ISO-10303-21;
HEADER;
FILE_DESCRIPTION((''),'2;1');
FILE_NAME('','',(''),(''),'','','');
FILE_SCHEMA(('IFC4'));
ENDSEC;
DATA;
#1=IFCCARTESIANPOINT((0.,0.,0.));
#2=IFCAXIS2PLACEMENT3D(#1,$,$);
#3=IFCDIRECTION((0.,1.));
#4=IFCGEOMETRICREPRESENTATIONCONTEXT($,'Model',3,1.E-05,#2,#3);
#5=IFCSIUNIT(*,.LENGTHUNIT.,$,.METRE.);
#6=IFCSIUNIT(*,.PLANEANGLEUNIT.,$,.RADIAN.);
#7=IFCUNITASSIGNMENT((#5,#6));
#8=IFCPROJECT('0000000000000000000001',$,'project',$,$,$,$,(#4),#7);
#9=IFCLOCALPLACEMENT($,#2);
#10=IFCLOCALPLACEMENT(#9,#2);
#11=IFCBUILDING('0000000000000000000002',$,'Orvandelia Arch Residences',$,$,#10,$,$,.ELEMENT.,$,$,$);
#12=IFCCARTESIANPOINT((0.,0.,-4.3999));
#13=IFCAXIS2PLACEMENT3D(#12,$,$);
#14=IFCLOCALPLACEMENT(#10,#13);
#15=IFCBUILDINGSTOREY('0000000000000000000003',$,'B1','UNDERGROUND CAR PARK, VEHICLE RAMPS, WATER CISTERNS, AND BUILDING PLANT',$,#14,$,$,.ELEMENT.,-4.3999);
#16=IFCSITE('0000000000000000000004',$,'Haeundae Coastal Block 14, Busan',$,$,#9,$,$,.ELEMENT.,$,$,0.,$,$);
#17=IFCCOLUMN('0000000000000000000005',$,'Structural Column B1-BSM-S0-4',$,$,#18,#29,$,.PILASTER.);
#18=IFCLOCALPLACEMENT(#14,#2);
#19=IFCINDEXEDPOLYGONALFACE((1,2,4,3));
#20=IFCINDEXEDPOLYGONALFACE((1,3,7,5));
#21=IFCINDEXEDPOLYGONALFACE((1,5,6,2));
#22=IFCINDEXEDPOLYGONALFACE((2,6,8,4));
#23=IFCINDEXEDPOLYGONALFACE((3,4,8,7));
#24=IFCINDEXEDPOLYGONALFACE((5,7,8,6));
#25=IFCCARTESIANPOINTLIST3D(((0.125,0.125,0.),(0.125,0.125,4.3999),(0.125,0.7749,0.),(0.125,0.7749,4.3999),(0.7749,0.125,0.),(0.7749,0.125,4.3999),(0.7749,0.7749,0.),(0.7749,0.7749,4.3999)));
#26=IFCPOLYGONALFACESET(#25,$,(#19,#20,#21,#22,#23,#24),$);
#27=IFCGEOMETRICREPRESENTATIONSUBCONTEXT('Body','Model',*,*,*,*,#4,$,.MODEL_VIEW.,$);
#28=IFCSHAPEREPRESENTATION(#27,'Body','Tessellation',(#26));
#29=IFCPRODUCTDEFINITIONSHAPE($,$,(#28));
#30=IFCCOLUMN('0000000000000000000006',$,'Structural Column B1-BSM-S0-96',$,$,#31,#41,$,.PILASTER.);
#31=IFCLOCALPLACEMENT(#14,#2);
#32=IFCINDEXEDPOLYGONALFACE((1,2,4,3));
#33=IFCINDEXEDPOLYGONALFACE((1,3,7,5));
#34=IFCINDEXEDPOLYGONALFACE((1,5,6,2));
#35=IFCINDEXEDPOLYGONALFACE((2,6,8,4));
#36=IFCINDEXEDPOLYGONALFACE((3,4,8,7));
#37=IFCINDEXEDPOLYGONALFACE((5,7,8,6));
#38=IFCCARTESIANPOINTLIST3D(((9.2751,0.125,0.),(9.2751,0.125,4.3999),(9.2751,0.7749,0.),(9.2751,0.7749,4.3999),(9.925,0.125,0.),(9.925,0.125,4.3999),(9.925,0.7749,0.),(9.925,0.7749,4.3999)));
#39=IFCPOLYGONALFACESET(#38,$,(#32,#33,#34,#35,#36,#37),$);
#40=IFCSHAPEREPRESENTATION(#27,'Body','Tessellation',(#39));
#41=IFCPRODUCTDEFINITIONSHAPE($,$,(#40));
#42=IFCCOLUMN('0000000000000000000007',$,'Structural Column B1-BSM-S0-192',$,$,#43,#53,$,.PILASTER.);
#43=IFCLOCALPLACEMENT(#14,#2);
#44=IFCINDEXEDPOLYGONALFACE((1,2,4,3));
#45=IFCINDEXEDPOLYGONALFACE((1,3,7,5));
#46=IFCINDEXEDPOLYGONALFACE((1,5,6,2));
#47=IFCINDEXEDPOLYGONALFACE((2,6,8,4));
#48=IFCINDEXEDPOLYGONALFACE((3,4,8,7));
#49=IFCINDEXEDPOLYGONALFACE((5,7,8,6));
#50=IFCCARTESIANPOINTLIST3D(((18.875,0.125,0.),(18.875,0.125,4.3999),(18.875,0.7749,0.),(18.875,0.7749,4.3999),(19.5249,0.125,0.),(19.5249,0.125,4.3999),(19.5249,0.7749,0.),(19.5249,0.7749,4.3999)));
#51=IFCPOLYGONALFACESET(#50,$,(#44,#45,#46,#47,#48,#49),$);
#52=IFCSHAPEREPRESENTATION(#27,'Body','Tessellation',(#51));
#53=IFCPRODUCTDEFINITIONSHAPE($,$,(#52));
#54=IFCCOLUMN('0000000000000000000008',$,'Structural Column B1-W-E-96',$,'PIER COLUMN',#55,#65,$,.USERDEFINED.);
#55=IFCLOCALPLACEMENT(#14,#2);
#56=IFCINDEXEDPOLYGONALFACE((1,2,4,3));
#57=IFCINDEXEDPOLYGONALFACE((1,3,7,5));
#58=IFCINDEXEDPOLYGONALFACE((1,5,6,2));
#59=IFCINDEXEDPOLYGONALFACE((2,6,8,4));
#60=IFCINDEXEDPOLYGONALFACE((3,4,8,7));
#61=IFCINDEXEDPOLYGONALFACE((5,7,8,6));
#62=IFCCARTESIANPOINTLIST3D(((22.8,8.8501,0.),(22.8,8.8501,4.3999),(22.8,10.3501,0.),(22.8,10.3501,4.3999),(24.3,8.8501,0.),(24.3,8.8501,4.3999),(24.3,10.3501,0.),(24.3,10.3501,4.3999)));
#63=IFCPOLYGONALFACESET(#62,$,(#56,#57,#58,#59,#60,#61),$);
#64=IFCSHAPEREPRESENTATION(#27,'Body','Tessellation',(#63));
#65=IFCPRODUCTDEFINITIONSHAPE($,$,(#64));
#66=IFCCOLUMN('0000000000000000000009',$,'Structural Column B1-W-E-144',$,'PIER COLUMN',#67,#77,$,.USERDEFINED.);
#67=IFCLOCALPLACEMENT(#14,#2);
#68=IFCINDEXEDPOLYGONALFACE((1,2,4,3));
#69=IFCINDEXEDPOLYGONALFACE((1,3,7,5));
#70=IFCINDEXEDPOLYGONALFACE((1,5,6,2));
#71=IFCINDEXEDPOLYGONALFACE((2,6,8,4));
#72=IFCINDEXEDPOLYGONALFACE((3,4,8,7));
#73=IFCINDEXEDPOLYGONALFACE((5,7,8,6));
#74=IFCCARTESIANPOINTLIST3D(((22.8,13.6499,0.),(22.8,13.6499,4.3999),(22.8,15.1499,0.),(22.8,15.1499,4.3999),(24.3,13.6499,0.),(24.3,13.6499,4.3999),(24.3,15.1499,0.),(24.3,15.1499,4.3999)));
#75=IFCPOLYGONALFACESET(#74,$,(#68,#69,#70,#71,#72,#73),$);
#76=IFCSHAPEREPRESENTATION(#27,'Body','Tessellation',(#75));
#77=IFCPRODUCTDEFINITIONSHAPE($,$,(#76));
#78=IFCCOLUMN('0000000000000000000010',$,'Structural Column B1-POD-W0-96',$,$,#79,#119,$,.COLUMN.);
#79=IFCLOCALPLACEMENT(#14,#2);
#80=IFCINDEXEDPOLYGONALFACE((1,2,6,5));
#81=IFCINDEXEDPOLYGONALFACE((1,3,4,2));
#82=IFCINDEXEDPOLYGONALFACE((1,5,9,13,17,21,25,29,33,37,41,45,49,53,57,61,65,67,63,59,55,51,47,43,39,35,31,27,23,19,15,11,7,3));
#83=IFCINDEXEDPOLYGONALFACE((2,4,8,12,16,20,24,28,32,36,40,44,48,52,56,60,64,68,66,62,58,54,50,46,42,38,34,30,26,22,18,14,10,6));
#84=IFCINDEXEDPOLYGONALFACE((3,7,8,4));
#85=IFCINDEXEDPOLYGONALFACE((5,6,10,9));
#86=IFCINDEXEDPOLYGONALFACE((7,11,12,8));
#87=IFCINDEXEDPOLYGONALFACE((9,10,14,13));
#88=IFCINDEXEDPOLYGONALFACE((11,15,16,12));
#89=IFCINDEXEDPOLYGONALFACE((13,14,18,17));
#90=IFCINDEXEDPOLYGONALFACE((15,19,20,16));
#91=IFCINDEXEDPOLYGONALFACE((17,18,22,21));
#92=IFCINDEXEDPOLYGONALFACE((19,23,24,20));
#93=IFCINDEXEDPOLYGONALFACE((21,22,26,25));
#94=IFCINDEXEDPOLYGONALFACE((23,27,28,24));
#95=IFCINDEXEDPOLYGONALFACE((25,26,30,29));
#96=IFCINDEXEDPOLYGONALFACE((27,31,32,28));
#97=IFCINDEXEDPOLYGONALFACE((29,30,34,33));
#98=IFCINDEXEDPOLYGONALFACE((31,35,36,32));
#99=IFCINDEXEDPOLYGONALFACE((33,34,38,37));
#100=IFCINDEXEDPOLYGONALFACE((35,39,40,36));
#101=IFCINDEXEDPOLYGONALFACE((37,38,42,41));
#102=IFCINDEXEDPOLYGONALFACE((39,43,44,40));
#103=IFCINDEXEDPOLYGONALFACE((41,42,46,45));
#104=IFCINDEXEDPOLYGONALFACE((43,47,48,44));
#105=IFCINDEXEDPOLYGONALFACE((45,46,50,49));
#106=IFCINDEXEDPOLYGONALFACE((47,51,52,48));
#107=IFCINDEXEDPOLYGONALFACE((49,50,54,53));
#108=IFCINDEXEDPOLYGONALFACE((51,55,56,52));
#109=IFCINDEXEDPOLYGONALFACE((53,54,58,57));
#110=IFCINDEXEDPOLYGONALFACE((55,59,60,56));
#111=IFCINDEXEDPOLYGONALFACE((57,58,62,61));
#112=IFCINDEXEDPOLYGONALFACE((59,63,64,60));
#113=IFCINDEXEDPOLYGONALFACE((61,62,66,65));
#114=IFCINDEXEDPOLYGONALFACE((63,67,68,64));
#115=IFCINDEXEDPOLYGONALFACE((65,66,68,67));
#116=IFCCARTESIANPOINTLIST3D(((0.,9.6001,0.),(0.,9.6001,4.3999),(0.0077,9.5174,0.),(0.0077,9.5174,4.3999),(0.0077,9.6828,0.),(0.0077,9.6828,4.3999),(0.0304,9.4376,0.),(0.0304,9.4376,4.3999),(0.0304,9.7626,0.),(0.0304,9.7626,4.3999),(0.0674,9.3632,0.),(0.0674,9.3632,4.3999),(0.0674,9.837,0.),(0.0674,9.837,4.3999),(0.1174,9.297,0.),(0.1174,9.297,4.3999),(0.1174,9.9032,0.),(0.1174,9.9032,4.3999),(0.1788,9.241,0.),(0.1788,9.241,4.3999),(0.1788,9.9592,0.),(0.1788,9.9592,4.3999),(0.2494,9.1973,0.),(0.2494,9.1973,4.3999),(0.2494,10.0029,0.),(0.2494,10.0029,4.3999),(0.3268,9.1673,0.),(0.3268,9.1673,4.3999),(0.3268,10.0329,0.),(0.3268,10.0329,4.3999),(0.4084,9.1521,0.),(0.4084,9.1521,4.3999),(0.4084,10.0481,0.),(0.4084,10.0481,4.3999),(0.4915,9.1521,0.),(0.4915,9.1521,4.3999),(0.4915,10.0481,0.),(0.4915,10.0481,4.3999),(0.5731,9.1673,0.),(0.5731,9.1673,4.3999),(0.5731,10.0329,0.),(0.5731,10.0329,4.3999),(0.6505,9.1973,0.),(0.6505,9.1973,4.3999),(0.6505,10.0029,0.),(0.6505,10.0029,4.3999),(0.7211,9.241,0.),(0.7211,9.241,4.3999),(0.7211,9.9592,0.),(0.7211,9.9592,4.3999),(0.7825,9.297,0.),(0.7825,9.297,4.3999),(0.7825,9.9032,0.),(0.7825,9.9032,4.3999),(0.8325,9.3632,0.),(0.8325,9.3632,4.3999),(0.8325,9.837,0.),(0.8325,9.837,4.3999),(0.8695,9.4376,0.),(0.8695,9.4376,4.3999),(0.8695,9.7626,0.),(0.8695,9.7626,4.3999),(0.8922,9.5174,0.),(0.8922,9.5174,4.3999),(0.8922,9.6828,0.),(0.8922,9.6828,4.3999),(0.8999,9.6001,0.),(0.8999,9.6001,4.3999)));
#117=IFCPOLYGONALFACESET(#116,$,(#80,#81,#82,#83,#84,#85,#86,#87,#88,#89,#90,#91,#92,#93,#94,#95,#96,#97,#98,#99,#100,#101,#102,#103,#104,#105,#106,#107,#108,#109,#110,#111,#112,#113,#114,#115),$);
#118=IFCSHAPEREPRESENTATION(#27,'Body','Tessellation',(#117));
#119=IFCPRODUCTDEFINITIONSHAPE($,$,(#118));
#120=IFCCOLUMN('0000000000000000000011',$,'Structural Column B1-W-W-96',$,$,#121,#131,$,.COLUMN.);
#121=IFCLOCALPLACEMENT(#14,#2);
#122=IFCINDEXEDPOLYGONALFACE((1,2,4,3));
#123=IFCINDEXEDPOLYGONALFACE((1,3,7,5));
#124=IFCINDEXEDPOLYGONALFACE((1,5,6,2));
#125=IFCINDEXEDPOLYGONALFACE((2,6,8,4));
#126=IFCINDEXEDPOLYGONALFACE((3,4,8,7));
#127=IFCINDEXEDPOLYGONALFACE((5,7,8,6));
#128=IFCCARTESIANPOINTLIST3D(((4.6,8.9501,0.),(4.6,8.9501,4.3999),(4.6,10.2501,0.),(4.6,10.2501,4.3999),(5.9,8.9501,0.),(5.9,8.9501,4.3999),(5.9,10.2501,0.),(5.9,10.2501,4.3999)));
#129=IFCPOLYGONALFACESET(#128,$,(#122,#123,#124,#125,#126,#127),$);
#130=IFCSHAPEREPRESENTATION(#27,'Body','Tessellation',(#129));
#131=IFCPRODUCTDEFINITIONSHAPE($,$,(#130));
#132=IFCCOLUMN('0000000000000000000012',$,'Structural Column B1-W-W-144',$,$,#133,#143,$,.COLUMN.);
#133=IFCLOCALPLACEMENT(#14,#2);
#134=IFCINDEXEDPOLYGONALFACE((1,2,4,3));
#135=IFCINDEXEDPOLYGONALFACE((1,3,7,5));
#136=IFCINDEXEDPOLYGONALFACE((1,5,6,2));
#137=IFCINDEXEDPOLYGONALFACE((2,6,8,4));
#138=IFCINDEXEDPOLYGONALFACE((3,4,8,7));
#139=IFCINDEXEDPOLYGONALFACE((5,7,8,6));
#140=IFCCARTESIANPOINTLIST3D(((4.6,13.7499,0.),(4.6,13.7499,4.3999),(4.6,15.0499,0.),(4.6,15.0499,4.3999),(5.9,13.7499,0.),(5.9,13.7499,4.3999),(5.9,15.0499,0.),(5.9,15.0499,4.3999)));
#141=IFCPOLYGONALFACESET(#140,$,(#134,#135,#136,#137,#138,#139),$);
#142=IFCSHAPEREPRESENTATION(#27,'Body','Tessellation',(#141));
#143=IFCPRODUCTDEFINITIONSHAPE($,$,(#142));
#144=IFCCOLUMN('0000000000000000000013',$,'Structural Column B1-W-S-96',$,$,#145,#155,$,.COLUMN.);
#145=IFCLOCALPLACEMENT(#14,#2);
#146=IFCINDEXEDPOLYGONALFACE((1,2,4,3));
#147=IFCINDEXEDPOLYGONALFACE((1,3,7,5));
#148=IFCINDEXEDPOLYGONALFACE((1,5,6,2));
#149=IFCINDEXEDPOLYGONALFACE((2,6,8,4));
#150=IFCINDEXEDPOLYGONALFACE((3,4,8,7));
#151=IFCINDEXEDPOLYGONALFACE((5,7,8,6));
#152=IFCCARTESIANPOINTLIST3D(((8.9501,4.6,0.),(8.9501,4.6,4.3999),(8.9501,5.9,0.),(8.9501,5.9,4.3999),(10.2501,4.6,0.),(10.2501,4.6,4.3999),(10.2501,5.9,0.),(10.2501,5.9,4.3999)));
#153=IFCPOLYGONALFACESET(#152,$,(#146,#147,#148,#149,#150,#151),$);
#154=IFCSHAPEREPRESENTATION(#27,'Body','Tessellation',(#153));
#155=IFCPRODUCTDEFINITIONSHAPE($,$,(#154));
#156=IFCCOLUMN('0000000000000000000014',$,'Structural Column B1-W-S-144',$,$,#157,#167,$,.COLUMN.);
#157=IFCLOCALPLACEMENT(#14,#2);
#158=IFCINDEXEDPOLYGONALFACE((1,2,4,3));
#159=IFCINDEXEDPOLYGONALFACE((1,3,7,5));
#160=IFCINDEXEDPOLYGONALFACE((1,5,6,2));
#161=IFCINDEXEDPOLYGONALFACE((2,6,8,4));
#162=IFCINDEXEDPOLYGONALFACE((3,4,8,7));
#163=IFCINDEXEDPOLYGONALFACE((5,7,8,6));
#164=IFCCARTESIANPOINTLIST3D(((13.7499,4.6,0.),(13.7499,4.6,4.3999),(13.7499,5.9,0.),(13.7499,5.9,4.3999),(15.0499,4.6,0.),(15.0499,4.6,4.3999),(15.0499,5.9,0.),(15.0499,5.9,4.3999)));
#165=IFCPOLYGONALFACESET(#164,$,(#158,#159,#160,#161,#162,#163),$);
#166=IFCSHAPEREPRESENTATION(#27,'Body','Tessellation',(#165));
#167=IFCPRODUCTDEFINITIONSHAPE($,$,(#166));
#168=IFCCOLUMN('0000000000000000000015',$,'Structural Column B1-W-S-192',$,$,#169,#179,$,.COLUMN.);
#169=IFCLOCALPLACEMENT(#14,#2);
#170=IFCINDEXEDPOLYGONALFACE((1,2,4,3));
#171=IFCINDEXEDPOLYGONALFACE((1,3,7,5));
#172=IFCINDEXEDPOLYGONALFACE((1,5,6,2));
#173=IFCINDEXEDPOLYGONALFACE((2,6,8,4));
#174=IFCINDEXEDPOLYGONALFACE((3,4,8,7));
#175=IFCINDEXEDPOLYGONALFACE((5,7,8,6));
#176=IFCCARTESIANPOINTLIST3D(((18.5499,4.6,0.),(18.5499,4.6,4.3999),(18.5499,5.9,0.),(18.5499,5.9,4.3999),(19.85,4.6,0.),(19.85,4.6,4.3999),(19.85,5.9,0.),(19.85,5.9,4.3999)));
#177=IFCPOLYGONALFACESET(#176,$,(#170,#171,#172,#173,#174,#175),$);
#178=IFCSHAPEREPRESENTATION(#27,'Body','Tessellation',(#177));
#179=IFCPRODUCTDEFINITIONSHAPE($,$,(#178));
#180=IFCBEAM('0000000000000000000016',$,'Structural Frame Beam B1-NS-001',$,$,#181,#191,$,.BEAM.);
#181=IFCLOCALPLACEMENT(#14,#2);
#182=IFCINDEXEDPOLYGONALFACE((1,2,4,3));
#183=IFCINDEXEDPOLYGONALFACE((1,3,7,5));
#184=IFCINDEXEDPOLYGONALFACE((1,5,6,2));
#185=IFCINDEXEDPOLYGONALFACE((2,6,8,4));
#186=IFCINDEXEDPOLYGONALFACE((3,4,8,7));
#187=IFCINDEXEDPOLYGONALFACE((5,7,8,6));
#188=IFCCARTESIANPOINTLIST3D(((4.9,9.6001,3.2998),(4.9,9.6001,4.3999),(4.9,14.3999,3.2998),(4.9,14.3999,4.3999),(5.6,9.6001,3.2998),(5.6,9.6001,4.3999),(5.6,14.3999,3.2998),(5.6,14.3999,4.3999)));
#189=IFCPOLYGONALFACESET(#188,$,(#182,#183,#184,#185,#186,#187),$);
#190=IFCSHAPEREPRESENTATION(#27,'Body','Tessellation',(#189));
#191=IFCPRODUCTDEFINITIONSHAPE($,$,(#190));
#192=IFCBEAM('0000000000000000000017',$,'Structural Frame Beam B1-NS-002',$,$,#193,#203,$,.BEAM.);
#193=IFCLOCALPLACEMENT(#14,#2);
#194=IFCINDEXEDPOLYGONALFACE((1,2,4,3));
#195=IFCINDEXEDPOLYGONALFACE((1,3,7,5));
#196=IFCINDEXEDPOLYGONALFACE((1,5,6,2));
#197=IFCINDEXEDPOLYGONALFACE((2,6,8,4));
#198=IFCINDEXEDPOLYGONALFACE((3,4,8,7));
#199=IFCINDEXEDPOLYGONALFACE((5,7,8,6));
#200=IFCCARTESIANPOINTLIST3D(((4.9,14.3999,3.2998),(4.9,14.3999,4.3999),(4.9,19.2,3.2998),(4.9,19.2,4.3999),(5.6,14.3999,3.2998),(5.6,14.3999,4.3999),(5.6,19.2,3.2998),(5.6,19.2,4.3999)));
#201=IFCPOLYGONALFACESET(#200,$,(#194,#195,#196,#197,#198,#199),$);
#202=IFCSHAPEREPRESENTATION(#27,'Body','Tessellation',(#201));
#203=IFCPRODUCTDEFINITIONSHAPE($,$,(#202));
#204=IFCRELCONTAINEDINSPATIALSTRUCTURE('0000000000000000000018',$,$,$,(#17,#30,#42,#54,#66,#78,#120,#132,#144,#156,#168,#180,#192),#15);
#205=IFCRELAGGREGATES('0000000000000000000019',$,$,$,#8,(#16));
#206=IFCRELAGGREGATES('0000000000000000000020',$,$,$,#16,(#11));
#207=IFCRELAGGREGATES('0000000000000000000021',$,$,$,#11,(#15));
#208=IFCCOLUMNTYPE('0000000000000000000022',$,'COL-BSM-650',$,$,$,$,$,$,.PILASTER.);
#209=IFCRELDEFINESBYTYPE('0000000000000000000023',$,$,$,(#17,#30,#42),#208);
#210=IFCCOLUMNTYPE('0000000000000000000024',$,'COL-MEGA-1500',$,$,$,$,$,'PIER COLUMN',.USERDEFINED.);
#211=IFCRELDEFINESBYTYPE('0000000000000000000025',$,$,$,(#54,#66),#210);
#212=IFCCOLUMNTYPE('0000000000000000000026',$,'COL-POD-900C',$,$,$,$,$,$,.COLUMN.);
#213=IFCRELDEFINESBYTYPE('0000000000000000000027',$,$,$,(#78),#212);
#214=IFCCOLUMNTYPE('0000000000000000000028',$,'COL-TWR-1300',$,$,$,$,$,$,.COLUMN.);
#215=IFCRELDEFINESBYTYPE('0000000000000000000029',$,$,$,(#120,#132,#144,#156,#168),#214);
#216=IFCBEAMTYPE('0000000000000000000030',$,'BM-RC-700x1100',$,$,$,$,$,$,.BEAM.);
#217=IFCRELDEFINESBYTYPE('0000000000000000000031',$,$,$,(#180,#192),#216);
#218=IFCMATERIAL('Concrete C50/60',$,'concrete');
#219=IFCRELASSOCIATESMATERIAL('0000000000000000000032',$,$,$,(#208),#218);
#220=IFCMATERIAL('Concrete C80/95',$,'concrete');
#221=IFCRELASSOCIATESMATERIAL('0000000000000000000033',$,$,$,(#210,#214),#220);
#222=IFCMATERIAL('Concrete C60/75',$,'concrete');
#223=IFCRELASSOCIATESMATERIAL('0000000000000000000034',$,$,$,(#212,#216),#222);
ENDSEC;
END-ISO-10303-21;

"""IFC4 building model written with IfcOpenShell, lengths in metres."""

from ifc_helpers import new_model, si_unit, direction, frame, origin, origin_2d, place, context, subcontext, project, spatial, rectangle, circle, extrude, material, material_profile, profile_set, type_object, element, save


model = new_model("IFC4")

# Units and contexts
model_context = context("Model", 3, precision=1e-05, world=origin(), true_north=direction((0.0, 1.0)))
body_context = subcontext(model_context, "Body", "Model", "MODEL_VIEW")
ifc_project = project(units=[si_unit("LENGTHUNIT", "METRE"), si_unit("PLANEANGLEUNIT", "RADIAN")], contexts=[model_context])

# Site, building, storey
site_placement = place(None, origin())
site = spatial("IfcSite", under=ifc_project, at=site_placement, Name="Haeundae Coastal Block 14, Busan", CompositionType="ELEMENT", RefElevation=0.0)
building_placement = place(site_placement, origin())
building = spatial("IfcBuilding", under=site, at=building_placement, Name="Orvandelia Arch Residences", CompositionType="ELEMENT")
storey_placement = place(building_placement, frame((0.0, 0.0, -4.3999)))
storey = spatial("IfcBuildingStorey", under=building, at=storey_placement, Name="B1", Description="UNDERGROUND CAR PARK, VEHICLE RAMPS, WATER CISTERNS, AND BUILDING PLANT", CompositionType="ELEMENT", Elevation=-4.3999)

# Columns
ifc_material_1 = material(Name="Concrete C50/60", Category="concrete")
ifc_material_profile_1 = material_profile(ifc_material_1, rectangle(XDim=0.6499, YDim=0.6499, at=origin_2d()), Name="Concrete C50/60", Category="concrete")
ifc_profile_set_1 = profile_set([ifc_material_profile_1], Name="Concrete C50/60")
column_type_1 = type_object("IfcColumnType", Name="COL-BSM-650", PredefinedType="PILASTER", material=ifc_profile_set_1)
for number, where, z_axis, x_axis, name in (
    (1, (0.45, 0.45, 0.0), (0.0, 0.0, 1.0), (1.0, 0.0, 0.0), "Structural Column B1-BSM-S0-4"),
    (2, (9.6001, 0.45, 0.0), (0.0, 0.0, 1.0), (1.0, 0.0, 0.0), "Structural Column B1-BSM-S0-96"),
    (3, (19.2, 0.45, 0.0), (0.0, 0.0, 1.0), (1.0, 0.0, 0.0), "Structural Column B1-BSM-S0-192"),
):
    element("IfcColumn", number, at=place(storey_placement, frame(where, z_axis=z_axis, x_axis=x_axis)), inside=storey, type_object=column_type_1, Name=name, PredefinedType="PILASTER", context=body_context, shape_type="SweptSolid", body=[
        extrude(rectangle(XDim=0.6499, YDim=0.6499, at=origin_2d()), origin(), (0.0, 0.0, 1.0), 4.3999),
    ])
ifc_material_2 = material(Name="Concrete C80/95", Category="concrete")
ifc_material_profile_2 = material_profile(ifc_material_2, rectangle(XDim=1.5, YDim=1.5, at=origin_2d()), Name="Concrete C80/95", Category="concrete")
ifc_profile_set_2 = profile_set([ifc_material_profile_2], Name="Concrete C80/95")
column_type_2 = type_object("IfcColumnType", Name="COL-MEGA-1500", ElementType="PIER COLUMN", PredefinedType="USERDEFINED", material=ifc_profile_set_2)
for number, where, z_axis, x_axis, name in (
    (4, (23.55, 9.6001, 0.0), (0.0, 0.0, 1.0), (1.0, 0.0, 0.0), "Structural Column B1-W-E-96"),
    (5, (23.55, 14.3999, 0.0), (0.0, 0.0, 1.0), (1.0, 0.0, 0.0), "Structural Column B1-W-E-144"),
):
    element("IfcColumn", number, at=place(storey_placement, frame(where, z_axis=z_axis, x_axis=x_axis)), inside=storey, type_object=column_type_2, Name=name, ObjectType="PIER COLUMN", PredefinedType="USERDEFINED", context=body_context, shape_type="SweptSolid", body=[
        extrude(rectangle(XDim=1.5, YDim=1.5, at=origin_2d()), origin(), (0.0, 0.0, 1.0), 4.3999),
    ])
ifc_material_3 = material(Name="Concrete C60/75", Category="concrete")
ifc_material_profile_3 = material_profile(ifc_material_3, circle(Radius=0.45, at=origin_2d()), Name="Concrete C60/75", Category="concrete")
ifc_profile_set_3 = profile_set([ifc_material_profile_3], Name="Concrete C60/75")
column_type_3 = type_object("IfcColumnType", Name="COL-POD-900C", PredefinedType="COLUMN", material=ifc_profile_set_3)
column_placement = place(storey_placement, frame((0.45, 9.6001, 0.0), z_axis=(0.0, 0.0, 1.0), x_axis=(1.0, 0.0, 0.0)))
element("IfcColumn", 6, at=column_placement, inside=storey, type_object=column_type_3, Name="Structural Column B1-POD-W0-96", PredefinedType="COLUMN", context=body_context, shape_type="SweptSolid", body=[
    extrude(circle(Radius=0.45, at=origin_2d()), origin(), (0.0, 0.0, 1.0), 4.3999),
])
ifc_material_profile_4 = material_profile(ifc_material_2, rectangle(XDim=1.3, YDim=1.3, at=origin_2d()), Name="Concrete C80/95", Category="concrete")
ifc_profile_set_4 = profile_set([ifc_material_profile_4], Name="Concrete C80/95")
column_type_4 = type_object("IfcColumnType", Name="COL-TWR-1300", PredefinedType="COLUMN", material=ifc_profile_set_4)
for number, where, z_axis, x_axis, name in (
    (7, (5.25, 9.6001, 0.0), (0.0, 0.0, 1.0), (1.0, 0.0, 0.0), "Structural Column B1-W-W-96"),
    (8, (5.25, 14.3999, 0.0), (0.0, 0.0, 1.0), (1.0, 0.0, 0.0), "Structural Column B1-W-W-144"),
    (9, (9.6001, 5.25, 0.0), (0.0, 0.0, 1.0), (1.0, 0.0, 0.0), "Structural Column B1-W-S-96"),
    (10, (14.3999, 5.25, 0.0), (0.0, 0.0, 1.0), (1.0, 0.0, 0.0), "Structural Column B1-W-S-144"),
    (11, (19.2, 5.25, 0.0), (0.0, 0.0, 1.0), (1.0, 0.0, 0.0), "Structural Column B1-W-S-192"),
):
    element("IfcColumn", number, at=place(storey_placement, frame(where, z_axis=z_axis, x_axis=x_axis)), inside=storey, type_object=column_type_4, Name=name, PredefinedType="COLUMN", context=body_context, shape_type="SweptSolid", body=[
        extrude(rectangle(XDim=1.3, YDim=1.3, at=origin_2d()), origin(), (0.0, 0.0, 1.0), 4.3999),
    ])

# Beams
ifc_material_profile_5 = material_profile(ifc_material_3, rectangle(XDim=0.7, YDim=1.1001, at=origin_2d()), Name="Concrete C60/75", Category="concrete")
ifc_profile_set_5 = profile_set([ifc_material_profile_5], Name="Concrete C60/75")
beam_type = type_object("IfcBeamType", Name="BM-RC-700x1100", PredefinedType="BEAM", material=ifc_profile_set_5)
beam_1_placement = place(storey_placement, frame((5.25, 9.6001, 3.8499), z_axis=(0.0, 1.0, 0.0), x_axis=(-1.0, 0.0, 0.0)))
element("IfcBeam", 12, at=beam_1_placement, inside=storey, type_object=beam_type, Name="Structural Frame Beam B1-NS-001", PredefinedType="BEAM", context=body_context, shape_type="SweptSolid", body=[
    extrude(rectangle(XDim=0.7, YDim=1.1001, at=origin_2d()), origin(), (0.0, 0.0, 1.0), 4.7998),
])
for number, where, z_axis, x_axis, name in (
    (13, (5.25, 14.3999, 3.8499), (0.0, 1.0, 0.0), (-1.0, 0.0, 0.0), "Structural Frame Beam B1-NS-002"),
):
    element("IfcBeam", number, at=place(storey_placement, frame(where, z_axis=z_axis, x_axis=x_axis)), inside=storey, type_object=beam_type, Name=name, PredefinedType="BEAM", context=body_context, shape_type="SweptSolid", body=[
        extrude(rectangle(XDim=0.7, YDim=1.1001, at=origin_2d()), origin(), (0.0, 0.0, 1.0), 4.8),
    ])

save(model, "model.ifc")
